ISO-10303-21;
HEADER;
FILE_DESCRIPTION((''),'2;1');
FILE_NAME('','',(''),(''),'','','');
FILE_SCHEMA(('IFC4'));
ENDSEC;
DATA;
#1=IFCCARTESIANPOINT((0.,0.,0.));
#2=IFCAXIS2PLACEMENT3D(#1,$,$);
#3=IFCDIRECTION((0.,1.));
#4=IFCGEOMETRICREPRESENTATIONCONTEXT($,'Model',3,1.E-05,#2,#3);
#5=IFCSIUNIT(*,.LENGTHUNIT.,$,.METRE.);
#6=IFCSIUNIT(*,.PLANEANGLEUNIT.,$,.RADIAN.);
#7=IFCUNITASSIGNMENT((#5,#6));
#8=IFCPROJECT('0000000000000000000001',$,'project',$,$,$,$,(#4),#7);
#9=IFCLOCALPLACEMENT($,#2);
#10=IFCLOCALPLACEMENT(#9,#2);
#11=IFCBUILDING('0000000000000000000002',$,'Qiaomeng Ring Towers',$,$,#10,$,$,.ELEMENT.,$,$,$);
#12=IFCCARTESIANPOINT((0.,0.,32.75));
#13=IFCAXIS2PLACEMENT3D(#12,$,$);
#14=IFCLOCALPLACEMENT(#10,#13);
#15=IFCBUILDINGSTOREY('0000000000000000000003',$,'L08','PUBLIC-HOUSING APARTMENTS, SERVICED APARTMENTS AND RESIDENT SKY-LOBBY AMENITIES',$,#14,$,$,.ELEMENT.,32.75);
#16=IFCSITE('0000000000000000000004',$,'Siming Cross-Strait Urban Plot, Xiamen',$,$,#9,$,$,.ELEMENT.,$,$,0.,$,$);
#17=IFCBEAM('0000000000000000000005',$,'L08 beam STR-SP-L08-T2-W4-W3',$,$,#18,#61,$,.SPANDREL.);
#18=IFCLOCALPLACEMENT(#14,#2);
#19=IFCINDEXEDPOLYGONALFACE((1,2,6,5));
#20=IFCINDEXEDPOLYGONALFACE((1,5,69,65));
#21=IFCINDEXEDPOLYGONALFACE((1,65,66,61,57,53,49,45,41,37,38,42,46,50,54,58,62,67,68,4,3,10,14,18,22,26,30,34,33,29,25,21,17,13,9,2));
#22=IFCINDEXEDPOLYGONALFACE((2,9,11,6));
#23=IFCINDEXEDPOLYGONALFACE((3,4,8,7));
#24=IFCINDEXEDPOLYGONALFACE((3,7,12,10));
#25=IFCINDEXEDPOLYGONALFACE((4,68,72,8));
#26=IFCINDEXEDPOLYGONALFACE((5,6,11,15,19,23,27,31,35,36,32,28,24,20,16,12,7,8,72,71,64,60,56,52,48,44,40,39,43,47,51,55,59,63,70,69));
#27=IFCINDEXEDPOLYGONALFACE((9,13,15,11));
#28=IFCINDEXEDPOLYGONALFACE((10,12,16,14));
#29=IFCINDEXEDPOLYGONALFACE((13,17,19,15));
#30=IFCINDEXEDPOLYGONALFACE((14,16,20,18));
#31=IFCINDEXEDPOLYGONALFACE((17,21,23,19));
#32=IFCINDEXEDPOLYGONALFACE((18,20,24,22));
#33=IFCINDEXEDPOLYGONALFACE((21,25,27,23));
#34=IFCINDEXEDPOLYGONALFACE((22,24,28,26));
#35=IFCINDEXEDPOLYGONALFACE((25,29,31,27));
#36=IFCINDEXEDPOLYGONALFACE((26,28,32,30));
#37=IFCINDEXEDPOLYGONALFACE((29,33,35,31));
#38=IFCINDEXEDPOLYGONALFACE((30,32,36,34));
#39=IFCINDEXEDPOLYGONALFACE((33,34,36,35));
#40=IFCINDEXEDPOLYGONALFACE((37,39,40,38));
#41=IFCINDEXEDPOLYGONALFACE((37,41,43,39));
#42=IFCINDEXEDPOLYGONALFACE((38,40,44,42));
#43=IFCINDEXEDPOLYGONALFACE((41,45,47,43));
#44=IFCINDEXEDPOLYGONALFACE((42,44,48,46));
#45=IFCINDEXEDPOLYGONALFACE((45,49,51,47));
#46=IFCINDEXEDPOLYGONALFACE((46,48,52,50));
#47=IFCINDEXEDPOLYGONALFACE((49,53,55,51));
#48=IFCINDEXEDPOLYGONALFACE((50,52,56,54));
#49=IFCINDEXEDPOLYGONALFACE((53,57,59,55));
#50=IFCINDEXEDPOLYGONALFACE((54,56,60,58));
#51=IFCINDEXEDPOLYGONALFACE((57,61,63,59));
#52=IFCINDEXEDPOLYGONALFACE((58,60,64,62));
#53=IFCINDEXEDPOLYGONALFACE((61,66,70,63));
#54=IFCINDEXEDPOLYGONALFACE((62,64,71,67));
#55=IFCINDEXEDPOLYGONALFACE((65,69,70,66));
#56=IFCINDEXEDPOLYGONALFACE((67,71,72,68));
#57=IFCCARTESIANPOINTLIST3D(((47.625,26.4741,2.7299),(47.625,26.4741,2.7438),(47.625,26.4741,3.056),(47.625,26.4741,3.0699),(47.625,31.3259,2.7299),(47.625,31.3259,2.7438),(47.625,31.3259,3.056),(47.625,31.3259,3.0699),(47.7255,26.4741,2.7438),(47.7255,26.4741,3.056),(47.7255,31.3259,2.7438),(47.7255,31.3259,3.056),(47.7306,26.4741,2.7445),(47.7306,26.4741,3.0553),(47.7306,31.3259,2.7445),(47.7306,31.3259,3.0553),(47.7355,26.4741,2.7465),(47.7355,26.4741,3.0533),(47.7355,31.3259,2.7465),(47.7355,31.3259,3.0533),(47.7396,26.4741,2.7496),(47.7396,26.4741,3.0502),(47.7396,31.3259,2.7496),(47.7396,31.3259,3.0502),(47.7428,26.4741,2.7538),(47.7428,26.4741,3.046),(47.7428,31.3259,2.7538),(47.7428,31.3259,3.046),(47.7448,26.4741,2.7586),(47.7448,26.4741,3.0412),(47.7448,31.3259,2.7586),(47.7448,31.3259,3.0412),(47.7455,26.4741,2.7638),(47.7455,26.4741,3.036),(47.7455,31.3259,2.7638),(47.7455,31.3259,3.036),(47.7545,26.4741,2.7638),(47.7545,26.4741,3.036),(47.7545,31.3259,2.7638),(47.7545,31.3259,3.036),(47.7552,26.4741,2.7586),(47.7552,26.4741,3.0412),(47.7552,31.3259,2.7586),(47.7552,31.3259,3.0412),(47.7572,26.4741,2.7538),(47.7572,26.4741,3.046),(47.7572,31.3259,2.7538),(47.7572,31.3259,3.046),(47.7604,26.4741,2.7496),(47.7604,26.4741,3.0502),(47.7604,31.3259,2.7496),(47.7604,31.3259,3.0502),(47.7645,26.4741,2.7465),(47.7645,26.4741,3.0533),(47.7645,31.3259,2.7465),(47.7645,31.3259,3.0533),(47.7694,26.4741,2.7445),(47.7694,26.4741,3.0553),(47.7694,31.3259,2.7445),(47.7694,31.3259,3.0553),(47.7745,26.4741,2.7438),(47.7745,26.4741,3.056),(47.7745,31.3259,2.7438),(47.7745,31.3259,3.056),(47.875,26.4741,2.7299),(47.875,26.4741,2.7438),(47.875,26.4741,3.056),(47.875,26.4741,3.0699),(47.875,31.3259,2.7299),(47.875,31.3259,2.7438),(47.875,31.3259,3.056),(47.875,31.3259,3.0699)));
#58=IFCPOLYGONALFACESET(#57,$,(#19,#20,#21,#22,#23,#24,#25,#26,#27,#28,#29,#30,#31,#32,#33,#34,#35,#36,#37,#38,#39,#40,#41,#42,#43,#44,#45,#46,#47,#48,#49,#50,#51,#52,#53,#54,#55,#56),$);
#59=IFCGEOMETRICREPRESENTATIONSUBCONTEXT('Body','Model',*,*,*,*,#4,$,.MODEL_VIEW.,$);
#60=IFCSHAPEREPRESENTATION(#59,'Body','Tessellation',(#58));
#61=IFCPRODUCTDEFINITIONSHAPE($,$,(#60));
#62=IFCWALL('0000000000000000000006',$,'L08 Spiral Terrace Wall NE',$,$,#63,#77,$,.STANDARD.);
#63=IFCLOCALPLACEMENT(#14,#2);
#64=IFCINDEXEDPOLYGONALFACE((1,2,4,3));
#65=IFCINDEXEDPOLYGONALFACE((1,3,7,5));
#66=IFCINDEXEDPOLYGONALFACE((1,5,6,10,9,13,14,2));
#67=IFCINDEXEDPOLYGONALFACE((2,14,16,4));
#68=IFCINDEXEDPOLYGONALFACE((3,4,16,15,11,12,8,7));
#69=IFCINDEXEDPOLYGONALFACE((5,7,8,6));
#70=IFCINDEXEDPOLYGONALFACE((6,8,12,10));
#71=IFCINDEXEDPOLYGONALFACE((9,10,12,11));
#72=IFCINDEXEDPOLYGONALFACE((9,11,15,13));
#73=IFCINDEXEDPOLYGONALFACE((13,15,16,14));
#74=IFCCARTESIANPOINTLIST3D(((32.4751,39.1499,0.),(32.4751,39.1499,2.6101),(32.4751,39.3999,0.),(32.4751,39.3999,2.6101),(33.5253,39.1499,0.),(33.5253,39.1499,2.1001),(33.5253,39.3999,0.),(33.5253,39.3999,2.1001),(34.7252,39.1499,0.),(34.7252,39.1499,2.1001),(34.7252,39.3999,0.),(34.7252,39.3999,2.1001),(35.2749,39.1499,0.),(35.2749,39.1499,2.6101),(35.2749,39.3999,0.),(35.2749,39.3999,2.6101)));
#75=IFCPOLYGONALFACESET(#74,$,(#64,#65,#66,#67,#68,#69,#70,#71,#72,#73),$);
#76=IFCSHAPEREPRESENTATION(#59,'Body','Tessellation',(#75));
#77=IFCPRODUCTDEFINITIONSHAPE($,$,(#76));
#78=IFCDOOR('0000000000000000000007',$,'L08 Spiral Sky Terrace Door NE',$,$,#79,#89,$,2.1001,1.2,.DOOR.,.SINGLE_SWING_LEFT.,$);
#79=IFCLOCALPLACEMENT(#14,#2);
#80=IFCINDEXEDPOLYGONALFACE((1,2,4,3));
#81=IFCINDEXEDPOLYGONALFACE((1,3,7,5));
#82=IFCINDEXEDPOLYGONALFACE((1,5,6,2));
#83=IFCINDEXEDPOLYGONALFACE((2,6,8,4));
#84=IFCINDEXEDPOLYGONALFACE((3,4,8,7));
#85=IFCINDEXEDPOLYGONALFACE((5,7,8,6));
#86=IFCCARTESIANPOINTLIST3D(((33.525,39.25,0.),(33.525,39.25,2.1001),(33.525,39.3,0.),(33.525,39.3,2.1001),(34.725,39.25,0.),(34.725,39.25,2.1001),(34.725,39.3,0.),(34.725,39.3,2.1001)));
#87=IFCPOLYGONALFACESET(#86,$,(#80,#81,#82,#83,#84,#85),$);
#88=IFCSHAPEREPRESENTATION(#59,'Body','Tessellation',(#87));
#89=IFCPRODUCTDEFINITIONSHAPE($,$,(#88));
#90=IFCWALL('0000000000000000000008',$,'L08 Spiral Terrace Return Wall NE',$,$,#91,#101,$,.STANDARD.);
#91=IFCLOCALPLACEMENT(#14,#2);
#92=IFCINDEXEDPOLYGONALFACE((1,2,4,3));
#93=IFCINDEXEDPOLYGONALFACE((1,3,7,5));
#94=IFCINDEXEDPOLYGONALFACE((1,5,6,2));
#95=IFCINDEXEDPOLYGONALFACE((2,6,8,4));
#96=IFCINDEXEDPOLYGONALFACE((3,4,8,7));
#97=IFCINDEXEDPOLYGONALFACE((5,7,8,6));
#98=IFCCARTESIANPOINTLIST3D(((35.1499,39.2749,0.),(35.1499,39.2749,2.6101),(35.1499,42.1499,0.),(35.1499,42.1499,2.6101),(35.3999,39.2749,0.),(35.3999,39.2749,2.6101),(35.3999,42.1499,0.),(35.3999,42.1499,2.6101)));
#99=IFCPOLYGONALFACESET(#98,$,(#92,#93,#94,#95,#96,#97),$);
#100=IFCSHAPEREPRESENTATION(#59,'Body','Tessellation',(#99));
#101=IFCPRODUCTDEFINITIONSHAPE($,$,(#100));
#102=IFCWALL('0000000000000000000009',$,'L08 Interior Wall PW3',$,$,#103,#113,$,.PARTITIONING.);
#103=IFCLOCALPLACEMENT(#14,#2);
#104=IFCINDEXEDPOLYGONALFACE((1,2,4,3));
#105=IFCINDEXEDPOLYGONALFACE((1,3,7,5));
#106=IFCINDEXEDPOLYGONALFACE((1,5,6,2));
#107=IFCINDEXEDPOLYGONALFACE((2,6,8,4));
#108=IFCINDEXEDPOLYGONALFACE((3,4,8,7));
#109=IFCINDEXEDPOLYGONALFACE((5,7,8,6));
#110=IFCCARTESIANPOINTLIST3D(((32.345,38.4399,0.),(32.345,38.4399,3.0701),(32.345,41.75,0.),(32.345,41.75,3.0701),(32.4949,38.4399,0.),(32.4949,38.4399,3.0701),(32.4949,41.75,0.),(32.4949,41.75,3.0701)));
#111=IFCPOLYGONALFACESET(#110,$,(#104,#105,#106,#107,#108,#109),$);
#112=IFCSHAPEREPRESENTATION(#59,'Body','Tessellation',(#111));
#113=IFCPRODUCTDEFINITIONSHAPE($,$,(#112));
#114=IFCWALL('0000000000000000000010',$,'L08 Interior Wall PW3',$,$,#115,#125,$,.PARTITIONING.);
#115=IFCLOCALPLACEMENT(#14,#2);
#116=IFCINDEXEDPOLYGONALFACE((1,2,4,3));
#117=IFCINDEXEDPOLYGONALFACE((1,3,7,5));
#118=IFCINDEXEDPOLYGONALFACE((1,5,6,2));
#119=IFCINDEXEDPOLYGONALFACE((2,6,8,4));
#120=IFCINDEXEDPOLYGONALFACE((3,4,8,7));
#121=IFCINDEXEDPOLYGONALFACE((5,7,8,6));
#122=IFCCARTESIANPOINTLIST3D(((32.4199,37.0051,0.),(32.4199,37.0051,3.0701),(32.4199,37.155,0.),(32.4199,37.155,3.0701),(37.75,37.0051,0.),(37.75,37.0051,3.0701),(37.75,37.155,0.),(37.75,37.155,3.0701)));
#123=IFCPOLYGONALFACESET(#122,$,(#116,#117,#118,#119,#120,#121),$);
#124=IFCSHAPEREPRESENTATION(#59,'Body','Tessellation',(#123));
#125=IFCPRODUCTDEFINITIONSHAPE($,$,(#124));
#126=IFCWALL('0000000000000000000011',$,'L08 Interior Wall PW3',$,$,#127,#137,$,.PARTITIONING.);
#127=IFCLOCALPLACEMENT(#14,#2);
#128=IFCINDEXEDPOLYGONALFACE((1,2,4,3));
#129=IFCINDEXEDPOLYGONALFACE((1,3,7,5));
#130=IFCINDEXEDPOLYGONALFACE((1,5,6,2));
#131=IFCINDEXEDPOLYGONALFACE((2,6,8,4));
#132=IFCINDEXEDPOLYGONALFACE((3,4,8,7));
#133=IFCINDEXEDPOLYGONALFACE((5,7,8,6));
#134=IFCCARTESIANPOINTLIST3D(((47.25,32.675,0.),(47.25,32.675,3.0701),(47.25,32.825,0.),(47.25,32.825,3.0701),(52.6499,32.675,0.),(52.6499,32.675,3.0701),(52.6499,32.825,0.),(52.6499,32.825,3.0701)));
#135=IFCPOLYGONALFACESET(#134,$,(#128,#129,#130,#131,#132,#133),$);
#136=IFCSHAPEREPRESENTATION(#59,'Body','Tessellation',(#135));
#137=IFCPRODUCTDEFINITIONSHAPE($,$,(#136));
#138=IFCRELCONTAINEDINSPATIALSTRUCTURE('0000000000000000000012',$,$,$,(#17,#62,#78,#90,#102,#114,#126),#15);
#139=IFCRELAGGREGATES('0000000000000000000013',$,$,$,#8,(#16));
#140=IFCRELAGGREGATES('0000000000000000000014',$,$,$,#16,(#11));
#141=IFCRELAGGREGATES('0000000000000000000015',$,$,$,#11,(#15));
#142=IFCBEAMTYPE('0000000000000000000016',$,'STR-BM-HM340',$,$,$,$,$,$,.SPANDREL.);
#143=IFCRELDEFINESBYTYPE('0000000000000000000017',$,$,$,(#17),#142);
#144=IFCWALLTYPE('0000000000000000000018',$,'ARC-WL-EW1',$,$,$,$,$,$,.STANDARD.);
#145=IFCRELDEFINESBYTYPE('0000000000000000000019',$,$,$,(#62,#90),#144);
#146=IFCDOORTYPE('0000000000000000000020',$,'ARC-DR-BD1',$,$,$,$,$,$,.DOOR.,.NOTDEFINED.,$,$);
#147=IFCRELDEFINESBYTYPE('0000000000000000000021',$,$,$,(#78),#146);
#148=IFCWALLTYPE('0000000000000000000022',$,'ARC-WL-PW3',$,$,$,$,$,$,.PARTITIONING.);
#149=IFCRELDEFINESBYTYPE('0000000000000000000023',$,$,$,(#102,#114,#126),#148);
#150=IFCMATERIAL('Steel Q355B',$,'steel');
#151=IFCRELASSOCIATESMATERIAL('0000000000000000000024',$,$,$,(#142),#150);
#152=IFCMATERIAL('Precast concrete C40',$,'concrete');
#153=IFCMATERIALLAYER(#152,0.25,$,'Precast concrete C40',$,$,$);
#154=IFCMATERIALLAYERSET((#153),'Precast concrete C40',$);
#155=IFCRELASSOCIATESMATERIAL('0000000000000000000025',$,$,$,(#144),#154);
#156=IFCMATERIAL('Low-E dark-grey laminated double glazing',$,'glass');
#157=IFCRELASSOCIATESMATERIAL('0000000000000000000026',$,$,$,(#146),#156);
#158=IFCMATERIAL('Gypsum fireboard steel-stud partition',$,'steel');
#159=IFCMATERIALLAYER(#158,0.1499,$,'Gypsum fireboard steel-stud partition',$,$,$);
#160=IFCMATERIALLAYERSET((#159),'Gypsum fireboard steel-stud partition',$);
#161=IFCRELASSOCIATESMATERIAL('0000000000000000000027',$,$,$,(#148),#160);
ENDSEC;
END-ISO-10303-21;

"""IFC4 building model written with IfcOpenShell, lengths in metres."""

from ifc_helpers import new_model, si_unit, direction, frame, frame_2d, origin, origin_2d, place, context, subcontext, project, spatial, rectangle, i_section, extrude, source, transform, mapped, material, layer, layer_set, material_profile, profile_set, type_object, element, fill, save


model = new_model("IFC4")

# Units and contexts
model_context = context("Model", 3, precision=1e-05, world=origin(), true_north=direction((0.0, 1.0)))
body_context = subcontext(model_context, "Body", "Model", "MODEL_VIEW")
ifc_project = project(units=[si_unit("LENGTHUNIT", "METRE"), si_unit("PLANEANGLEUNIT", "RADIAN")], contexts=[model_context])

# Site, building, storey
site_placement = place(None, origin())
site = spatial("IfcSite", under=ifc_project, at=site_placement, Name="Siming Cross-Strait Urban Plot, Xiamen", CompositionType="ELEMENT", RefElevation=0.0)
building_placement = place(site_placement, origin())
building = spatial("IfcBuilding", under=site, at=building_placement, Name="Qiaomeng Ring Towers", CompositionType="ELEMENT")
storey_placement = place(building_placement, frame((0.0, 0.0, 32.75)))
storey = spatial("IfcBuildingStorey", under=building, at=storey_placement, Name="L08", Description="PUBLIC-HOUSING APARTMENTS, SERVICED APARTMENTS AND RESIDENT SKY-LOBBY AMENITIES", CompositionType="ELEMENT", Elevation=32.75)

# Beam
ifc_material_1 = material(Name="Steel Q355B", Category="steel")
ifc_material_profile_1 = material_profile(ifc_material_1, i_section(OverallWidth=0.25, OverallDepth=0.3401, WebThickness=0.009, FlangeThickness=0.0139, FilletRadius=0.02, at=origin_2d()), Name="HM 340x250x9x14")
ifc_profile_set_1 = profile_set([ifc_material_profile_1], Name="Steel Q355B")
beam_type_1 = type_object("IfcBeamType", Name="STR-BM-HM340", PredefinedType="SPANDREL", material=ifc_profile_set_1)
shared_shape_1 = source(origin(), body_context, "Body", "SweptSolid", [
    extrude(i_section(OverallWidth=0.25, OverallDepth=0.3401, WebThickness=0.009, FlangeThickness=0.0139, FilletRadius=0.02, at=origin_2d()), origin(), (0.0, 0.0, 1.0), 4.8518),
])
beam_1_placement = place(storey_placement, frame((47.75, 31.3259, 2.8999), z_axis=(0.0, -1.0, 0.0), x_axis=(1.0, 0.0, 0.0)))
element("IfcBeam", 1, at=beam_1_placement, inside=storey, type_object=beam_type_1, Name="L08 beam STR-SP-L08-T2-W4-W3", PredefinedType="SPANDREL", context=body_context, shape_type="MappedRepresentation", body=[
    mapped(shared_shape_1, transform((0.0, 0.0, 0.0), x_axis=(1.0, 0.0, 0.0), y_axis=(0.0, 1.0, 0.0), z_axis=(0.0, 0.0, 1.0), scale=1.0)),
])

# Wall, opening, door
ifc_material_2 = material(Name="Precast concrete C40", Category="concrete")
ifc_layer_1 = layer(ifc_material_2, 0.25, Name="Precast concrete C40")
ifc_layer_set_1 = layer_set([ifc_layer_1], Name="Precast concrete C40")
wall_type_1 = type_object("IfcWallType", Name="ARC-WL-EW1", PredefinedType="STANDARD", material=ifc_layer_set_1)
wall_1_placement = place(storey_placement, frame((32.4751, 39.2749, 0.0), z_axis=(0.0, 0.0, 1.0), x_axis=(1.0, 0.0, 0.0)))
wall_1 = element("IfcWall", 2, at=wall_1_placement, inside=storey, type_object=wall_type_1, Name="L08 Spiral Terrace Wall NE", PredefinedType="STANDARD", context=body_context, shape_type="SweptSolid", body=[
    extrude(rectangle(XDim=2.7998, YDim=0.25, at=frame_2d((1.3999, 0.0))), origin(), (0.0, 0.0, 1.0), 2.6101),
])
opening_1_placement = place(wall_1_placement, frame((1.05, 0.0, 0.0)))
opening_1 = element("IfcOpeningElement", 3, at=opening_1_placement, cuts=wall_1, PredefinedType="OPENING", context=body_context, shape_type="SweptSolid", body=[
    extrude(rectangle(XDim=1.2, YDim=2.1001, at=frame_2d((0.6001, 1.05))), frame((0.0, 0.135, 0.0), z_axis=(0.0, -1.0, 0.0), x_axis=(1.0, 0.0, 0.0)), (0.0, 0.0, 1.0), 0.27),
])
ifc_material_3 = material(Name="Low-E dark-grey laminated double glazing", Category="glass")
door_type_1 = type_object("IfcDoorType", Name="ARC-DR-BD1", OperationType="NOTDEFINED", PredefinedType="DOOR", material=ifc_material_3)
shared_shape_2 = source(origin(), body_context, "Body", "SweptSolid", [
    extrude(rectangle(XDim=1.2, YDim=2.1001, at=frame_2d((0.6001, 1.05))), frame((0.0, 0.0249, 0.0), z_axis=(0.0, -1.0, 0.0), x_axis=(1.0, 0.0, 0.0)), (0.0, 0.0, 1.0), 0.05),
])
door_1_placement = place(opening_1_placement, frame((1.2, 0.0, 0.0), z_axis=(0.0, 0.0, 1.0), x_axis=(-1.0, 0.0, 0.0)))
door_1 = element("IfcDoor", 4, at=door_1_placement, inside=storey, type_object=door_type_1, Name="L08 Spiral Sky Terrace Door NE", OperationType="SINGLE_SWING_LEFT", OverallHeight=2.1001, OverallWidth=1.2, PredefinedType="DOOR", context=body_context, shape_type="MappedRepresentation", body=[
    mapped(shared_shape_2, transform((0.0, 0.0, 0.0), x_axis=(1.0, 0.0, 0.0), y_axis=(0.0, 1.0, 0.0), z_axis=(0.0, 0.0, 1.0), scale=1.0)),
])
fill(opening_1, door_1)

# Walls
wall_2_placement = place(storey_placement, frame((35.2749, 39.2749, 0.0), z_axis=(0.0, 0.0, 1.0), x_axis=(0.0, 1.0, 0.0)))
element("IfcWall", 5, at=wall_2_placement, inside=storey, type_object=wall_type_1, Name="L08 Spiral Terrace Return Wall NE", PredefinedType="STANDARD", context=body_context, shape_type="SweptSolid", body=[
    extrude(rectangle(XDim=2.875, YDim=0.25, at=frame_2d((1.4375, 0.0))), origin(), (0.0, 0.0, 1.0), 2.6101),
])
ifc_material_4 = material(Name="Gypsum fireboard steel-stud partition", Category="steel")
ifc_layer_2 = layer(ifc_material_4, 0.1499, Name="Gypsum fireboard steel-stud partition")
ifc_layer_set_2 = layer_set([ifc_layer_2], Name="Gypsum fireboard steel-stud partition")
wall_type_2 = type_object("IfcWallType", Name="ARC-WL-PW3", PredefinedType="PARTITIONING", material=ifc_layer_set_2)
wall_3_placement = place(storey_placement, frame((32.4199, 38.4399, 0.0), z_axis=(0.0, 0.0, 1.0), x_axis=(0.0, 1.0, 0.0)))
element("IfcWall", 6, at=wall_3_placement, inside=storey, type_object=wall_type_2, Name="L08 Interior Wall PW3", PredefinedType="PARTITIONING", context=body_context, shape_type="SweptSolid", body=[
    extrude(rectangle(XDim=3.3101, YDim=0.1499, at=frame_2d((1.655, 0.0))), origin(), (0.0, 0.0, 1.0), 3.0701),
])
wall_4_placement = place(storey_placement, frame((32.4199, 37.0801, 0.0), z_axis=(0.0, 0.0, 1.0), x_axis=(1.0, 0.0, 0.0)))
element("IfcWall", 7, at=wall_4_placement, inside=storey, type_object=wall_type_2, Name="L08 Interior Wall PW3", PredefinedType="PARTITIONING", context=body_context, shape_type="SweptSolid", body=[
    extrude(rectangle(XDim=5.3301, YDim=0.1499, at=frame_2d((2.665, 0.0))), origin(), (0.0, 0.0, 1.0), 3.0701),
])
wall_5_placement = place(storey_placement, frame((47.25, 32.75, 0.0), z_axis=(0.0, 0.0, 1.0), x_axis=(1.0, 0.0, 0.0)))
element("IfcWall", 8, at=wall_5_placement, inside=storey, type_object=wall_type_2, Name="L08 Interior Wall PW3", PredefinedType="PARTITIONING", context=body_context, shape_type="SweptSolid", body=[
    extrude(rectangle(XDim=5.3999, YDim=0.1499, at=frame_2d((2.7, 0.0))), origin(), (0.0, 0.0, 1.0), 3.0701),
])

save(model, "model.ifc")
